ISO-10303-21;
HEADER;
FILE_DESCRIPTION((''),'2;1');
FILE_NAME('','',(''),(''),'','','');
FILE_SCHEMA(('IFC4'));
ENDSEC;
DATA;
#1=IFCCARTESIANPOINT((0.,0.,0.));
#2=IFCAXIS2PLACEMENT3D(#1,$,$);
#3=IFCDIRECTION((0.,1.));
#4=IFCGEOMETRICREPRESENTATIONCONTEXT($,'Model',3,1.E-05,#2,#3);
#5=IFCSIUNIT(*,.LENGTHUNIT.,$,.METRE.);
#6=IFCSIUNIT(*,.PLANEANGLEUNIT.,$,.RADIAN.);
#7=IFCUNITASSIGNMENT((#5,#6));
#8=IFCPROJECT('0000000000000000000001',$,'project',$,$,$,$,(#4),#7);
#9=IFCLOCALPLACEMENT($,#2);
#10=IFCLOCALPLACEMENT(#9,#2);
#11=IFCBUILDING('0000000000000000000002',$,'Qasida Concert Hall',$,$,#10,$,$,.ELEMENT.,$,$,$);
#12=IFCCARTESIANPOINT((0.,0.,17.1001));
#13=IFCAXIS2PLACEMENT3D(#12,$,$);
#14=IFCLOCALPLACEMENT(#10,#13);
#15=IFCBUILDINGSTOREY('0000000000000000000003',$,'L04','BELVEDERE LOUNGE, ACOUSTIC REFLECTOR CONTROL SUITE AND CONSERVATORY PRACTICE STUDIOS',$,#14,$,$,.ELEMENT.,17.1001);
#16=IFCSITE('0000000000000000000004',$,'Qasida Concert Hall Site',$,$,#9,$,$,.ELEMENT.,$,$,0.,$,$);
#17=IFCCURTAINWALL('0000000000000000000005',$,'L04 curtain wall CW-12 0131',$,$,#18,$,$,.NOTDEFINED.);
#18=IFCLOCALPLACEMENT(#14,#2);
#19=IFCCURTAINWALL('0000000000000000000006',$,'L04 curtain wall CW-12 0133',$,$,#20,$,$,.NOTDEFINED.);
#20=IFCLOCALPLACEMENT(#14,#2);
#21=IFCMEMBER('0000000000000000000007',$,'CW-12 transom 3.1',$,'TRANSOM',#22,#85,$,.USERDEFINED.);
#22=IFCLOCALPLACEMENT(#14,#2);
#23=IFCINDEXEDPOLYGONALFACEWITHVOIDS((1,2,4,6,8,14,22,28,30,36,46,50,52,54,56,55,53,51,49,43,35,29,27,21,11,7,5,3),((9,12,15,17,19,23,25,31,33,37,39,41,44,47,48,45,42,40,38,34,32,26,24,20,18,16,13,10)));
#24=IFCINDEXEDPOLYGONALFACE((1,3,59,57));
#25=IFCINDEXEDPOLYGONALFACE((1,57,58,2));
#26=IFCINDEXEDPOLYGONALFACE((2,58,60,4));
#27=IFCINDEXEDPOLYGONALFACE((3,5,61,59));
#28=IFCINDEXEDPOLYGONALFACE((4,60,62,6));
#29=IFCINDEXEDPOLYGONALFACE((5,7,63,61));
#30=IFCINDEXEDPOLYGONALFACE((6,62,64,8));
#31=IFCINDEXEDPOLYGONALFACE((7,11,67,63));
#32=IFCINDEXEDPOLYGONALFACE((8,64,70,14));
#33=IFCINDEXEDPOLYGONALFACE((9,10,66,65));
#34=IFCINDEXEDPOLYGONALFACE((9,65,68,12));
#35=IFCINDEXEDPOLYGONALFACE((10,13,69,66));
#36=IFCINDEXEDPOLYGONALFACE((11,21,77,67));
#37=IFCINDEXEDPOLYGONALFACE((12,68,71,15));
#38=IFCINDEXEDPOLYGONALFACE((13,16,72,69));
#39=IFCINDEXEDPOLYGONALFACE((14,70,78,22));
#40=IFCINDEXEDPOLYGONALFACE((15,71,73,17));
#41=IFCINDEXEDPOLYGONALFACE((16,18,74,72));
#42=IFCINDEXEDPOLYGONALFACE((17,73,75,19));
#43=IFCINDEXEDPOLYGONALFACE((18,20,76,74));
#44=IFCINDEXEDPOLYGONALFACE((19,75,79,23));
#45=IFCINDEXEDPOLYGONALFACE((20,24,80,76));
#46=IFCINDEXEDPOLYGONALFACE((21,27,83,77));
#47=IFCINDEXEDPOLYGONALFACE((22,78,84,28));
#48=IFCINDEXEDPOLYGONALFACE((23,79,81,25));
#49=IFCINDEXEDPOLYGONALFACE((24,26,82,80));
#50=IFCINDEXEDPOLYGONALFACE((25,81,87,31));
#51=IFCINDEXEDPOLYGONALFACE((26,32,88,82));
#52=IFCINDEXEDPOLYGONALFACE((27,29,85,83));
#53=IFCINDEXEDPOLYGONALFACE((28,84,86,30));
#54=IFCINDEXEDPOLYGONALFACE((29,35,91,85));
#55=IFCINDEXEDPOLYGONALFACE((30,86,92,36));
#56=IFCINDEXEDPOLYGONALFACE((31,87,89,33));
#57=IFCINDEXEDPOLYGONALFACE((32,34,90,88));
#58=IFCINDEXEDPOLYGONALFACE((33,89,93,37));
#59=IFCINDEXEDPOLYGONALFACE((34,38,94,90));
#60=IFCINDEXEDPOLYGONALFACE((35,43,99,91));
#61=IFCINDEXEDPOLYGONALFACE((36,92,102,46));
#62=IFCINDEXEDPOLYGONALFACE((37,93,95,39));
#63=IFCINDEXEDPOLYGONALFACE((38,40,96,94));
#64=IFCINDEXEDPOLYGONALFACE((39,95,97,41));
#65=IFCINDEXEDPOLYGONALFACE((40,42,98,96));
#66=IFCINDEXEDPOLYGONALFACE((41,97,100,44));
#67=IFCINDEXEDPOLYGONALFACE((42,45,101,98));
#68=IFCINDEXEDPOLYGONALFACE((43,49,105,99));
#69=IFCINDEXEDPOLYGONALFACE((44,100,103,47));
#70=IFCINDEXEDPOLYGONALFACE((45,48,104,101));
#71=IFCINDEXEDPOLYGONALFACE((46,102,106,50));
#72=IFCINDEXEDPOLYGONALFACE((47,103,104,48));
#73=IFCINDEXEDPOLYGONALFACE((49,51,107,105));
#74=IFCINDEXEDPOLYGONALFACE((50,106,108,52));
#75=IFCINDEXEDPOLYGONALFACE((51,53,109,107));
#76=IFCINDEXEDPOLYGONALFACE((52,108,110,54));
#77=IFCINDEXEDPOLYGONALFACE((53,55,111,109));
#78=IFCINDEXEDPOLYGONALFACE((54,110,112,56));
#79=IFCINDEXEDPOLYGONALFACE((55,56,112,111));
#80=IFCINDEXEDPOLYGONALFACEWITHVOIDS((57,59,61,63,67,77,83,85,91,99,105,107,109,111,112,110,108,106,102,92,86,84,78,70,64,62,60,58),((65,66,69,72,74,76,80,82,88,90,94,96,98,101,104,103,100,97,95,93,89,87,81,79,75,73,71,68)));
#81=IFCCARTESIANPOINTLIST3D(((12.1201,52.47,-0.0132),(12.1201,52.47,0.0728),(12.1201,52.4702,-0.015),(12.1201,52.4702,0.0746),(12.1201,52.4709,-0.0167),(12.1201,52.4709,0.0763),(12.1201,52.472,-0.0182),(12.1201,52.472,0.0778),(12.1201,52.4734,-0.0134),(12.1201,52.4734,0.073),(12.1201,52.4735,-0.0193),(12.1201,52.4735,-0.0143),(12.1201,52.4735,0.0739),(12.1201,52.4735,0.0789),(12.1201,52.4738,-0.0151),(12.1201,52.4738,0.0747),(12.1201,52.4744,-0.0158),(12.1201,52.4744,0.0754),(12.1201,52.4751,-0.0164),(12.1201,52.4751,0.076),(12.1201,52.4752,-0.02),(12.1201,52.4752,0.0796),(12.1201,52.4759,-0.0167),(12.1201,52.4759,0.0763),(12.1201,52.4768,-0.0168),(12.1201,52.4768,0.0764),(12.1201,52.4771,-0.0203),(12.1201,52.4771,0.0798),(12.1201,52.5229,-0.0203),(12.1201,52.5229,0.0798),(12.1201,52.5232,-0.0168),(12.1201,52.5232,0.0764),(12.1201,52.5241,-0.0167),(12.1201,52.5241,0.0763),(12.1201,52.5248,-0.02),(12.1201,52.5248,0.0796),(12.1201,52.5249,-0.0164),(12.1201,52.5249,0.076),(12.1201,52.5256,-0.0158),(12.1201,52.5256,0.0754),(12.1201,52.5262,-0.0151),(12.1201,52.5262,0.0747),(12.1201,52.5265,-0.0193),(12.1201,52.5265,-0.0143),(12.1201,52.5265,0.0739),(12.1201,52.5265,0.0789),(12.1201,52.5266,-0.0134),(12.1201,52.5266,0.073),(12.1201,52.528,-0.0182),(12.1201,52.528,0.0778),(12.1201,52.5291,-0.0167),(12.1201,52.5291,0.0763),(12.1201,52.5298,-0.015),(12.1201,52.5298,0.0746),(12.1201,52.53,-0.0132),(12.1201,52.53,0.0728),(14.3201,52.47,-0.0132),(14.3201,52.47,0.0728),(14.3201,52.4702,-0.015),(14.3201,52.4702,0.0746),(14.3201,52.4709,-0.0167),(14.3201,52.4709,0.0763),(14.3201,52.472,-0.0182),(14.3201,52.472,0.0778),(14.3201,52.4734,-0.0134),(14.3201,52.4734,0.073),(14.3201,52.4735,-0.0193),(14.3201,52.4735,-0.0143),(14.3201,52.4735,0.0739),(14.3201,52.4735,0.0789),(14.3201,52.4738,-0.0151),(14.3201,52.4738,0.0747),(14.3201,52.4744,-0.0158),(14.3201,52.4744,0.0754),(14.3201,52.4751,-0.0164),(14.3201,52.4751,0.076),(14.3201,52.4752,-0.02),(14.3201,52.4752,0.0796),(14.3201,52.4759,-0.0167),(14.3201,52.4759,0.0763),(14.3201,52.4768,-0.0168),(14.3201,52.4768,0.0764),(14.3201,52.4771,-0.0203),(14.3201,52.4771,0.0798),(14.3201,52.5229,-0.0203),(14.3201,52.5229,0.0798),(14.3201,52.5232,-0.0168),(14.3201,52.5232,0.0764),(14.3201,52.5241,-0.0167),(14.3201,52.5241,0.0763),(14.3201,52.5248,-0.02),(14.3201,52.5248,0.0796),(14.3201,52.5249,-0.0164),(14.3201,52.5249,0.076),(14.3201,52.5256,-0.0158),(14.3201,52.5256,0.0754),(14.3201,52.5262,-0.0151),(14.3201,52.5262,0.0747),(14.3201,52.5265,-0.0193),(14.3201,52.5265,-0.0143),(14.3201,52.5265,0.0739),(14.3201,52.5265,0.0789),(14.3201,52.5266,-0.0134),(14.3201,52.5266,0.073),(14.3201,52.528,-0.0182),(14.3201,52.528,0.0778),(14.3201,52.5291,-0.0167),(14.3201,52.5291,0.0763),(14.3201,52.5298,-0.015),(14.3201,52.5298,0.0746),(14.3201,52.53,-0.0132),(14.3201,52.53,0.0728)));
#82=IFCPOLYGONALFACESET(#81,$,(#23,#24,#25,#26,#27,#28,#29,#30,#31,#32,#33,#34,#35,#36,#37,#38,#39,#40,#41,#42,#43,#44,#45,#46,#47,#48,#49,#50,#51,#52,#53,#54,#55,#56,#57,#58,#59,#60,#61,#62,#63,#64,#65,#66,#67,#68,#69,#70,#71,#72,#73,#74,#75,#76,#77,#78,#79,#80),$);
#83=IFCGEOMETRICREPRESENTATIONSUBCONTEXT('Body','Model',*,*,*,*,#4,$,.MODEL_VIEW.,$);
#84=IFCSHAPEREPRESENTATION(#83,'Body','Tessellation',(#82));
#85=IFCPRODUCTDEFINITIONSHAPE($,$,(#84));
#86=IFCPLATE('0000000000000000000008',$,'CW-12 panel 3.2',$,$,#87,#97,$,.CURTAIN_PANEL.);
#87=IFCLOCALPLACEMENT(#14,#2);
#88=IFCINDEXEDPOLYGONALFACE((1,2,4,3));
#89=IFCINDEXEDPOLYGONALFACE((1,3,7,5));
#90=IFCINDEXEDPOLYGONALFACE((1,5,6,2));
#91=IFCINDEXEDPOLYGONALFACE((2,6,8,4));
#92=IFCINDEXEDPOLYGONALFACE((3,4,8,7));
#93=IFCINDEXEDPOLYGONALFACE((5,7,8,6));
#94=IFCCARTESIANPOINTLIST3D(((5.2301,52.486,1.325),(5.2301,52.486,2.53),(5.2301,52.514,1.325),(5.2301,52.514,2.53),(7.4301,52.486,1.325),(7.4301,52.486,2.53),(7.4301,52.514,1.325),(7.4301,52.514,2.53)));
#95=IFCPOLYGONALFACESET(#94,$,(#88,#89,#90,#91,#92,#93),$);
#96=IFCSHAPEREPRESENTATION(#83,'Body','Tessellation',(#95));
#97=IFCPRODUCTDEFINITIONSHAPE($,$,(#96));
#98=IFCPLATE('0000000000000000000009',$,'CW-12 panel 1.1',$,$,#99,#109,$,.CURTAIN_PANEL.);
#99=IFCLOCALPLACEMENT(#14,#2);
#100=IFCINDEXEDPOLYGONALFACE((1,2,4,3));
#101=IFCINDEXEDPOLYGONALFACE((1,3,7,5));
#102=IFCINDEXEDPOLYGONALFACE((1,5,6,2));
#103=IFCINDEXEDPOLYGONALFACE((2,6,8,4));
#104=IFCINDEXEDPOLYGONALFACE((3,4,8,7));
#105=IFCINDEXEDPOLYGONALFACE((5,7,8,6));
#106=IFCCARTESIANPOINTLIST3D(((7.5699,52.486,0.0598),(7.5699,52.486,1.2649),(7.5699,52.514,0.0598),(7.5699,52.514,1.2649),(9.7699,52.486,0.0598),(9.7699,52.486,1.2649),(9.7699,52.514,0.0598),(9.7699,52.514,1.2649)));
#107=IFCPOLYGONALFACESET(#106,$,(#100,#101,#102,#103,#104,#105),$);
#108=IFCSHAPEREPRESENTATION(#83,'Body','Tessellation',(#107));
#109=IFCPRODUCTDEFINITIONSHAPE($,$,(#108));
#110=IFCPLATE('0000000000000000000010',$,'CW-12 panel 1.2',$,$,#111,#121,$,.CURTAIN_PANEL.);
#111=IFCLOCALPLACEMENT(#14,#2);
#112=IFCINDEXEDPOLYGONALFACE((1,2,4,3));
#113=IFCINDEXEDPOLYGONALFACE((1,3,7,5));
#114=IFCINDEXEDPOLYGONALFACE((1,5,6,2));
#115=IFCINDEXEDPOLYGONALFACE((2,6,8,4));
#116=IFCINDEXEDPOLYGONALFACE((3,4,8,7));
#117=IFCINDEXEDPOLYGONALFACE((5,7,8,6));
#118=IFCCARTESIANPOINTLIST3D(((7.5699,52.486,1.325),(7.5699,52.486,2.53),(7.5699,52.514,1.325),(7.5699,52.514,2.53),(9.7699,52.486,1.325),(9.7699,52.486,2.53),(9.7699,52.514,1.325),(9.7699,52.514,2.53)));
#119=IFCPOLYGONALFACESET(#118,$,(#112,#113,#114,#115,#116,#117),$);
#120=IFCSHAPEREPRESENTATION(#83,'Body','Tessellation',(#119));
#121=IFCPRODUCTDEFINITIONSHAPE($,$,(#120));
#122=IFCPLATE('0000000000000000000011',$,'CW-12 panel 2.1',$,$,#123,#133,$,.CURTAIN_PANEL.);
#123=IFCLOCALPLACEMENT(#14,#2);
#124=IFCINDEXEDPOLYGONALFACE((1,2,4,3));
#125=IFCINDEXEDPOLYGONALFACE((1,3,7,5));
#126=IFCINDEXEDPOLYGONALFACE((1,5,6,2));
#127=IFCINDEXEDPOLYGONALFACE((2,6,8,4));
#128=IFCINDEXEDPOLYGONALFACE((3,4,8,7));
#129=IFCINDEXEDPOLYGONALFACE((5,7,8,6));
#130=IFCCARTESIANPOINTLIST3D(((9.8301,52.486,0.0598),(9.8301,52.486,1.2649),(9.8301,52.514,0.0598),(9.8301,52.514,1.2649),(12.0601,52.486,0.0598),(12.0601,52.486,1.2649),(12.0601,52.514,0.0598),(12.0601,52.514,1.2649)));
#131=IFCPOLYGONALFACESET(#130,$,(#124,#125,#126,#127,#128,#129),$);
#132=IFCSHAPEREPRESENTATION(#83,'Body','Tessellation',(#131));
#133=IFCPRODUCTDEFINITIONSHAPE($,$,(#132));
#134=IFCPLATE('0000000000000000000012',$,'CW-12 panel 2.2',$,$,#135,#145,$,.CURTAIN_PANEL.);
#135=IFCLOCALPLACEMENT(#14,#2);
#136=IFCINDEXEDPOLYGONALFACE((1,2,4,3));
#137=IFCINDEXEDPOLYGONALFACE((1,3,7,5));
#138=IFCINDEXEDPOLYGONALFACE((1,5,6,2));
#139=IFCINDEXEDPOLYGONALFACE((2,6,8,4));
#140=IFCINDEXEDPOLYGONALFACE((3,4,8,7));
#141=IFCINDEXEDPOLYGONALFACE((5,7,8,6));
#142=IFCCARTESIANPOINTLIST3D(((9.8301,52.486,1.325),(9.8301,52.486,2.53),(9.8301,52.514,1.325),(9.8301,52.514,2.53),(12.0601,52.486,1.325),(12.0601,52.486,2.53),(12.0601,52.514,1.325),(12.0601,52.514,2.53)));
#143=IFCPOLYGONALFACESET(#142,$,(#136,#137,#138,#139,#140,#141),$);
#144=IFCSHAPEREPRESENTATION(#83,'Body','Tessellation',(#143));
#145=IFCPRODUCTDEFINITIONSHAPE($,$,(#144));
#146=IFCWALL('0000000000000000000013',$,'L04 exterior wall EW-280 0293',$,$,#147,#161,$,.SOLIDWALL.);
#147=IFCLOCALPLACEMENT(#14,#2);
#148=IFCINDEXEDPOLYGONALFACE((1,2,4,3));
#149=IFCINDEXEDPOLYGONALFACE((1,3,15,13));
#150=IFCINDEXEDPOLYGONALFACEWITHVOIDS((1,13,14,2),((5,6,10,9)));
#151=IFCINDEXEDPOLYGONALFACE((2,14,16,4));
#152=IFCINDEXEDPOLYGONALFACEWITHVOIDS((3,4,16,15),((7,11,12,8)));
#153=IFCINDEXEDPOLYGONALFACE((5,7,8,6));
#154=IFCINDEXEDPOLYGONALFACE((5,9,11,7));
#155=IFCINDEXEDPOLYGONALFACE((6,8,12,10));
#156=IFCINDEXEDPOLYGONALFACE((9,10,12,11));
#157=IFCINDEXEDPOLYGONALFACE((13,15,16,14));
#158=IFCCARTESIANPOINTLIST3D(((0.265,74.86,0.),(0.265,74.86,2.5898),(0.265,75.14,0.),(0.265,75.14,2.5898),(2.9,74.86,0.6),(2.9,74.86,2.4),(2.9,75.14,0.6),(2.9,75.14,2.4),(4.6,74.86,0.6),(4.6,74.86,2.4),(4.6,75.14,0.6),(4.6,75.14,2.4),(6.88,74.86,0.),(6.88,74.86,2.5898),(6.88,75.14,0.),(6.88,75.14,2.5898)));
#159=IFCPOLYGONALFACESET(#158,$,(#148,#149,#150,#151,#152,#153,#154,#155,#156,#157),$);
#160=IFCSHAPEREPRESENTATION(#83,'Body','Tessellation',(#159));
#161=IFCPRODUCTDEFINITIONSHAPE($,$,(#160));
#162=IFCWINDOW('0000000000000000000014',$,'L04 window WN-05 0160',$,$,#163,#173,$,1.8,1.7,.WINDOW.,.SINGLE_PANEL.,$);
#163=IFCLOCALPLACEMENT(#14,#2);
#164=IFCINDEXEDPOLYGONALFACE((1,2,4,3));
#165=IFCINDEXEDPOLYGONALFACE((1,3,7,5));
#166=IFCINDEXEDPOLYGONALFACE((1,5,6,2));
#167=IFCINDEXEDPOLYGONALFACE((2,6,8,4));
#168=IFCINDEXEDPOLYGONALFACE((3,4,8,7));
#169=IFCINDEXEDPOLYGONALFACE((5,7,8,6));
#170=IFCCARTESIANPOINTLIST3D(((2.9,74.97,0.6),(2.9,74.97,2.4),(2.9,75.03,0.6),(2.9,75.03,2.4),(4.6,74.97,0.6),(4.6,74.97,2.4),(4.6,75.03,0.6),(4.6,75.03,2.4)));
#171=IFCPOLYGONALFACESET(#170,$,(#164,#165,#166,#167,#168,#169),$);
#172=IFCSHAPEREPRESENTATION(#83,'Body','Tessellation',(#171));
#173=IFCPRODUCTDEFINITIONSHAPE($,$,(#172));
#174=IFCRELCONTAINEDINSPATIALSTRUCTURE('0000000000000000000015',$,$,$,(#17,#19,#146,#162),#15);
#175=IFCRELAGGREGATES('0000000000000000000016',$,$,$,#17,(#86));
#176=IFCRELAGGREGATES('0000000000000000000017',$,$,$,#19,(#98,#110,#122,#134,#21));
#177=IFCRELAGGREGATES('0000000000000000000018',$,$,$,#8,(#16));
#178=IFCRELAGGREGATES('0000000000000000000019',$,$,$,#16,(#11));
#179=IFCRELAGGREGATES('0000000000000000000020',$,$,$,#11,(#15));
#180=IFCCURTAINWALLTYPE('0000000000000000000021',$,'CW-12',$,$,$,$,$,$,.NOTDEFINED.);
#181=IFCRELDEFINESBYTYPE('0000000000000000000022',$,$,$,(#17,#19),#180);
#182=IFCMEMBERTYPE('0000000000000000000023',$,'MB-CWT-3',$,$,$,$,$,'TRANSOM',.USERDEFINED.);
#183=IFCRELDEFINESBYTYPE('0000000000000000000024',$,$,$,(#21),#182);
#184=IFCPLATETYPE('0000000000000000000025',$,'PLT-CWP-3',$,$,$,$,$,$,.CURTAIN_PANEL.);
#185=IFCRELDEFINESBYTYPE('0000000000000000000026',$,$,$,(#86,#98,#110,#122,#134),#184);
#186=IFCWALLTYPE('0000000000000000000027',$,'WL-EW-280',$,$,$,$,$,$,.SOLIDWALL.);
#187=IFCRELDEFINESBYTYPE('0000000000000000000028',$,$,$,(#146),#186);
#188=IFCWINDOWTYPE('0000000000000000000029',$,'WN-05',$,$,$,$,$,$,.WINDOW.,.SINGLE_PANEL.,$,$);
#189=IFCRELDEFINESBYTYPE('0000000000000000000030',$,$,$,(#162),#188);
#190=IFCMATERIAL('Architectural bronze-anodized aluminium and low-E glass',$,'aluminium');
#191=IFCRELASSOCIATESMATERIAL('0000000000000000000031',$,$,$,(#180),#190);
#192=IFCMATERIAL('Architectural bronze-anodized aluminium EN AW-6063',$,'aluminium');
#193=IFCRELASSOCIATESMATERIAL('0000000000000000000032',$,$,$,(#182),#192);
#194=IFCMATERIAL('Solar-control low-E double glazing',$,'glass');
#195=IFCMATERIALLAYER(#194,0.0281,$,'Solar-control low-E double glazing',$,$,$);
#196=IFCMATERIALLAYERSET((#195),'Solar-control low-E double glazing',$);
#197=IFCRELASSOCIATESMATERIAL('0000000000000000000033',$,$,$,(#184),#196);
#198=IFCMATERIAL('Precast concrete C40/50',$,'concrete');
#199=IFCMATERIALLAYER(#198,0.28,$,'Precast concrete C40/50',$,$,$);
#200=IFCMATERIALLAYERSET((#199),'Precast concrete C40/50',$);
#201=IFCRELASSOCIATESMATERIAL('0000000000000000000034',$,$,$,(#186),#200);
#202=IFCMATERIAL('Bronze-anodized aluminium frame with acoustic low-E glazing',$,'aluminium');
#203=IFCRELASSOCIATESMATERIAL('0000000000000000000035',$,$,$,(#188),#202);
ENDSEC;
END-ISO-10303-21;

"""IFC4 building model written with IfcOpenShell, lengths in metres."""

from ifc_helpers import new_model, si_unit, direction, frame, frame_2d, origin, origin_2d, place, context, subcontext, project, spatial, rectangle, hollow_rectangle, extrude, material, layer, layer_set, material_profile, profile_set, type_object, element, fill, aggregate, save


model = new_model("IFC4")

# Units and contexts
model_context = context("Model", 3, precision=1e-05, world=origin(), true_north=direction((0.0, 1.0)))
body_context = subcontext(model_context, "Body", "Model", "MODEL_VIEW")
ifc_project = project(units=[si_unit("LENGTHUNIT", "METRE"), si_unit("PLANEANGLEUNIT", "RADIAN")], contexts=[model_context])

# Site, building, storey
site_placement = place(None, origin())
site = spatial("IfcSite", under=ifc_project, at=site_placement, Name="Qasida Concert Hall Site", CompositionType="ELEMENT", RefElevation=0.0)
building_placement = place(site_placement, origin())
building = spatial("IfcBuilding", under=site, at=building_placement, Name="Qasida Concert Hall", CompositionType="ELEMENT")
storey_placement = place(building_placement, frame((0.0, 0.0, 17.1001)))
storey = spatial("IfcBuildingStorey", under=building, at=storey_placement, Name="L04", Description="BELVEDERE LOUNGE, ACOUSTIC REFLECTOR CONTROL SUITE AND CONSERVATORY PRACTICE STUDIOS", CompositionType="ELEMENT", Elevation=17.1001)

# Curtain wall
ifc_material_1 = material(Name="Architectural bronze-anodized aluminium and low-E glass", Category="aluminium")
curtain_wall_type = type_object("IfcCurtainWallType", Name="CW-12", PredefinedType="NOTDEFINED", material=ifc_material_1)
curtain_wall_1_placement = place(storey_placement, origin())
curtain_wall_1 = element("IfcCurtainWall", 1, at=curtain_wall_1_placement, inside=storey, type_object=curtain_wall_type, Name="L04 curtain wall CW-12 0131", PredefinedType="NOTDEFINED")
ifc_material_2 = material(Name="Architectural bronze-anodized aluminium EN AW-6063", Category="aluminium")

# Curtain wall, member
curtain_wall_2_placement = place(storey_placement, origin())
curtain_wall_2 = element("IfcCurtainWall", 2, at=curtain_wall_2_placement, inside=storey, type_object=curtain_wall_type, Name="L04 curtain wall CW-12 0133", PredefinedType="NOTDEFINED")
ifc_material_profile_1 = material_profile(ifc_material_2, hollow_rectangle(XDim=0.0601, YDim=0.1001, WallThickness=0.0034, InnerFilletRadius=0.0034, OuterFilletRadius=0.0071, at=origin_2d()), Name="CWT 100x60x3.5")
ifc_profile_set_1 = profile_set([ifc_material_profile_1], Name="Architectural bronze-anodized aluminium EN AW-6063")
member_type_1 = type_object("IfcMemberType", Name="MB-CWT-3", ElementType="TRANSOM", PredefinedType="USERDEFINED", material=ifc_profile_set_1)
member_1_placement = place(storey_placement, frame((12.1201, 52.5, 0.0298), z_axis=(1.0, 0.0, 0.0), x_axis=(0.0, 1.0, 0.0)))
member_1 = element("IfcMember", 3, at=member_1_placement, type_object=member_type_1, Name="CW-12 transom 3.1", ObjectType="TRANSOM", PredefinedType="USERDEFINED", context=body_context, shape_type="SweptSolid", body=[
    extrude(hollow_rectangle(XDim=0.0601, YDim=0.1001, WallThickness=0.0034, InnerFilletRadius=0.0034, OuterFilletRadius=0.0071, at=origin_2d()), origin(), (0.0, 0.0, 1.0), 2.2),
])

# Plates
ifc_material_3 = material(Name="Solar-control low-E double glazing", Category="glass")
ifc_layer_1 = layer(ifc_material_3, 0.0281, Name="Solar-control low-E double glazing")
ifc_layer_set_1 = layer_set([ifc_layer_1], Name="Solar-control low-E double glazing")
plate_type = type_object("IfcPlateType", Name="PLT-CWP-3", PredefinedType="CURTAIN_PANEL", material=ifc_layer_set_1)
plate_1_placement = place(storey_placement, frame((6.3301, 52.5, 1.325), z_axis=(0.0, 0.0, 1.0), x_axis=(1.0, 0.0, 0.0)))
plate_1 = element("IfcPlate", 4, at=plate_1_placement, type_object=plate_type, Name="CW-12 panel 3.2", PredefinedType="CURTAIN_PANEL", context=body_context, shape_type="SweptSolid", body=[
    extrude(rectangle(XDim=2.2, YDim=0.0281, at=origin_2d()), origin(), (0.0, 0.0, 1.0), 1.2051),
])
aggregate(curtain_wall_1, [plate_1])
plate_2_placement = place(storey_placement, frame((8.6699, 52.5, 0.0598), z_axis=(0.0, 0.0, 1.0), x_axis=(1.0, 0.0, 0.0)))
plate_2 = element("IfcPlate", 5, at=plate_2_placement, type_object=plate_type, Name="CW-12 panel 1.1", PredefinedType="CURTAIN_PANEL", context=body_context, shape_type="SweptSolid", body=[
    extrude(rectangle(XDim=2.2, YDim=0.0281, at=origin_2d()), origin(), (0.0, 0.0, 1.0), 1.2051),
])
plate_3_placement = place(storey_placement, frame((8.6699, 52.5, 1.325), z_axis=(0.0, 0.0, 1.0), x_axis=(1.0, 0.0, 0.0)))
plate_3 = element("IfcPlate", 6, at=plate_3_placement, type_object=plate_type, Name="CW-12 panel 1.2", PredefinedType="CURTAIN_PANEL", context=body_context, shape_type="SweptSolid", body=[
    extrude(rectangle(XDim=2.2, YDim=0.0281, at=origin_2d()), origin(), (0.0, 0.0, 1.0), 1.2051),
])
plate_4_placement = place(storey_placement, frame((10.9451, 52.5, 0.0598), z_axis=(0.0, 0.0, 1.0), x_axis=(1.0, 0.0, 0.0)))
plate_4 = element("IfcPlate", 7, at=plate_4_placement, type_object=plate_type, Name="CW-12 panel 2.1", PredefinedType="CURTAIN_PANEL", context=body_context, shape_type="SweptSolid", body=[
    extrude(rectangle(XDim=2.23, YDim=0.0281, at=origin_2d()), origin(), (0.0, 0.0, 1.0), 1.2051),
])
plate_5_placement = place(storey_placement, frame((10.9451, 52.5, 1.325), z_axis=(0.0, 0.0, 1.0), x_axis=(1.0, 0.0, 0.0)))
plate_5 = element("IfcPlate", 8, at=plate_5_placement, type_object=plate_type, Name="CW-12 panel 2.2", PredefinedType="CURTAIN_PANEL", context=body_context, shape_type="SweptSolid", body=[
    extrude(rectangle(XDim=2.23, YDim=0.0281, at=origin_2d()), origin(), (0.0, 0.0, 1.0), 1.2051),
])
aggregate(curtain_wall_2, [plate_2, plate_3, plate_4, plate_5, member_1])

# Wall, opening, window
ifc_material_4 = material(Name="Precast concrete C40/50", Category="concrete")
ifc_layer_2 = layer(ifc_material_4, 0.28, Name="Precast concrete C40/50")
ifc_layer_set_2 = layer_set([ifc_layer_2], Name="Precast concrete C40/50")
wall_type_1 = type_object("IfcWallType", Name="WL-EW-280", PredefinedType="SOLIDWALL", material=ifc_layer_set_2)
wall_1_placement = place(storey_placement, frame((0.2649, 75.0, 0.0), z_axis=(0.0, 0.0, 1.0), x_axis=(1.0, 0.0, 0.0)))
wall_1 = element("IfcWall", 9, at=wall_1_placement, inside=storey, type_object=wall_type_1, Name="L04 exterior wall EW-280 0293", PredefinedType="SOLIDWALL", context=body_context, shape_type="SweptSolid", body=[
    extrude(rectangle(XDim=6.615, YDim=0.28, at=frame_2d((3.3076, 0.0))), origin(), (0.0, 0.0, 1.0), 2.5898),
])
opening_1_placement = place(wall_1_placement, frame((2.635, 0.0, 0.6001)))
opening_1 = element("IfcOpeningElement", 10, at=opening_1_placement, cuts=wall_1, PredefinedType="OPENING", context=body_context, shape_type="SweptSolid", body=[
    extrude(rectangle(XDim=1.7, YDim=1.8, at=frame_2d((0.8501, 0.8999))), frame((0.0, 0.1499, 0.0), z_axis=(0.0, -1.0, 0.0), x_axis=(1.0, 0.0, 0.0)), (0.0, 0.0, 1.0), 0.3),
])
ifc_material_5 = material(Name="Bronze-anodized aluminium frame with acoustic low-E glazing", Category="aluminium")
window_type_1 = type_object("IfcWindowType", Name="WN-05", PartitioningType="SINGLE_PANEL", PredefinedType="WINDOW", material=ifc_material_5)
window_1_placement = place(opening_1_placement, origin())
window_1 = element("IfcWindow", 11, at=window_1_placement, inside=storey, type_object=window_type_1, Name="L04 window WN-05 0160", OverallHeight=1.8, OverallWidth=1.7, PartitioningType="SINGLE_PANEL", PredefinedType="WINDOW", context=body_context, shape_type="SweptSolid", body=[
    extrude(rectangle(XDim=1.7, YDim=1.8, at=frame_2d((0.8501, 0.8999))), frame((0.0, 0.03, 0.0), z_axis=(0.0, -1.0, 0.0), x_axis=(1.0, 0.0, 0.0)), (0.0, 0.0, 1.0), 0.0601),
])
fill(opening_1, window_1)

save(model, "model.ifc")
